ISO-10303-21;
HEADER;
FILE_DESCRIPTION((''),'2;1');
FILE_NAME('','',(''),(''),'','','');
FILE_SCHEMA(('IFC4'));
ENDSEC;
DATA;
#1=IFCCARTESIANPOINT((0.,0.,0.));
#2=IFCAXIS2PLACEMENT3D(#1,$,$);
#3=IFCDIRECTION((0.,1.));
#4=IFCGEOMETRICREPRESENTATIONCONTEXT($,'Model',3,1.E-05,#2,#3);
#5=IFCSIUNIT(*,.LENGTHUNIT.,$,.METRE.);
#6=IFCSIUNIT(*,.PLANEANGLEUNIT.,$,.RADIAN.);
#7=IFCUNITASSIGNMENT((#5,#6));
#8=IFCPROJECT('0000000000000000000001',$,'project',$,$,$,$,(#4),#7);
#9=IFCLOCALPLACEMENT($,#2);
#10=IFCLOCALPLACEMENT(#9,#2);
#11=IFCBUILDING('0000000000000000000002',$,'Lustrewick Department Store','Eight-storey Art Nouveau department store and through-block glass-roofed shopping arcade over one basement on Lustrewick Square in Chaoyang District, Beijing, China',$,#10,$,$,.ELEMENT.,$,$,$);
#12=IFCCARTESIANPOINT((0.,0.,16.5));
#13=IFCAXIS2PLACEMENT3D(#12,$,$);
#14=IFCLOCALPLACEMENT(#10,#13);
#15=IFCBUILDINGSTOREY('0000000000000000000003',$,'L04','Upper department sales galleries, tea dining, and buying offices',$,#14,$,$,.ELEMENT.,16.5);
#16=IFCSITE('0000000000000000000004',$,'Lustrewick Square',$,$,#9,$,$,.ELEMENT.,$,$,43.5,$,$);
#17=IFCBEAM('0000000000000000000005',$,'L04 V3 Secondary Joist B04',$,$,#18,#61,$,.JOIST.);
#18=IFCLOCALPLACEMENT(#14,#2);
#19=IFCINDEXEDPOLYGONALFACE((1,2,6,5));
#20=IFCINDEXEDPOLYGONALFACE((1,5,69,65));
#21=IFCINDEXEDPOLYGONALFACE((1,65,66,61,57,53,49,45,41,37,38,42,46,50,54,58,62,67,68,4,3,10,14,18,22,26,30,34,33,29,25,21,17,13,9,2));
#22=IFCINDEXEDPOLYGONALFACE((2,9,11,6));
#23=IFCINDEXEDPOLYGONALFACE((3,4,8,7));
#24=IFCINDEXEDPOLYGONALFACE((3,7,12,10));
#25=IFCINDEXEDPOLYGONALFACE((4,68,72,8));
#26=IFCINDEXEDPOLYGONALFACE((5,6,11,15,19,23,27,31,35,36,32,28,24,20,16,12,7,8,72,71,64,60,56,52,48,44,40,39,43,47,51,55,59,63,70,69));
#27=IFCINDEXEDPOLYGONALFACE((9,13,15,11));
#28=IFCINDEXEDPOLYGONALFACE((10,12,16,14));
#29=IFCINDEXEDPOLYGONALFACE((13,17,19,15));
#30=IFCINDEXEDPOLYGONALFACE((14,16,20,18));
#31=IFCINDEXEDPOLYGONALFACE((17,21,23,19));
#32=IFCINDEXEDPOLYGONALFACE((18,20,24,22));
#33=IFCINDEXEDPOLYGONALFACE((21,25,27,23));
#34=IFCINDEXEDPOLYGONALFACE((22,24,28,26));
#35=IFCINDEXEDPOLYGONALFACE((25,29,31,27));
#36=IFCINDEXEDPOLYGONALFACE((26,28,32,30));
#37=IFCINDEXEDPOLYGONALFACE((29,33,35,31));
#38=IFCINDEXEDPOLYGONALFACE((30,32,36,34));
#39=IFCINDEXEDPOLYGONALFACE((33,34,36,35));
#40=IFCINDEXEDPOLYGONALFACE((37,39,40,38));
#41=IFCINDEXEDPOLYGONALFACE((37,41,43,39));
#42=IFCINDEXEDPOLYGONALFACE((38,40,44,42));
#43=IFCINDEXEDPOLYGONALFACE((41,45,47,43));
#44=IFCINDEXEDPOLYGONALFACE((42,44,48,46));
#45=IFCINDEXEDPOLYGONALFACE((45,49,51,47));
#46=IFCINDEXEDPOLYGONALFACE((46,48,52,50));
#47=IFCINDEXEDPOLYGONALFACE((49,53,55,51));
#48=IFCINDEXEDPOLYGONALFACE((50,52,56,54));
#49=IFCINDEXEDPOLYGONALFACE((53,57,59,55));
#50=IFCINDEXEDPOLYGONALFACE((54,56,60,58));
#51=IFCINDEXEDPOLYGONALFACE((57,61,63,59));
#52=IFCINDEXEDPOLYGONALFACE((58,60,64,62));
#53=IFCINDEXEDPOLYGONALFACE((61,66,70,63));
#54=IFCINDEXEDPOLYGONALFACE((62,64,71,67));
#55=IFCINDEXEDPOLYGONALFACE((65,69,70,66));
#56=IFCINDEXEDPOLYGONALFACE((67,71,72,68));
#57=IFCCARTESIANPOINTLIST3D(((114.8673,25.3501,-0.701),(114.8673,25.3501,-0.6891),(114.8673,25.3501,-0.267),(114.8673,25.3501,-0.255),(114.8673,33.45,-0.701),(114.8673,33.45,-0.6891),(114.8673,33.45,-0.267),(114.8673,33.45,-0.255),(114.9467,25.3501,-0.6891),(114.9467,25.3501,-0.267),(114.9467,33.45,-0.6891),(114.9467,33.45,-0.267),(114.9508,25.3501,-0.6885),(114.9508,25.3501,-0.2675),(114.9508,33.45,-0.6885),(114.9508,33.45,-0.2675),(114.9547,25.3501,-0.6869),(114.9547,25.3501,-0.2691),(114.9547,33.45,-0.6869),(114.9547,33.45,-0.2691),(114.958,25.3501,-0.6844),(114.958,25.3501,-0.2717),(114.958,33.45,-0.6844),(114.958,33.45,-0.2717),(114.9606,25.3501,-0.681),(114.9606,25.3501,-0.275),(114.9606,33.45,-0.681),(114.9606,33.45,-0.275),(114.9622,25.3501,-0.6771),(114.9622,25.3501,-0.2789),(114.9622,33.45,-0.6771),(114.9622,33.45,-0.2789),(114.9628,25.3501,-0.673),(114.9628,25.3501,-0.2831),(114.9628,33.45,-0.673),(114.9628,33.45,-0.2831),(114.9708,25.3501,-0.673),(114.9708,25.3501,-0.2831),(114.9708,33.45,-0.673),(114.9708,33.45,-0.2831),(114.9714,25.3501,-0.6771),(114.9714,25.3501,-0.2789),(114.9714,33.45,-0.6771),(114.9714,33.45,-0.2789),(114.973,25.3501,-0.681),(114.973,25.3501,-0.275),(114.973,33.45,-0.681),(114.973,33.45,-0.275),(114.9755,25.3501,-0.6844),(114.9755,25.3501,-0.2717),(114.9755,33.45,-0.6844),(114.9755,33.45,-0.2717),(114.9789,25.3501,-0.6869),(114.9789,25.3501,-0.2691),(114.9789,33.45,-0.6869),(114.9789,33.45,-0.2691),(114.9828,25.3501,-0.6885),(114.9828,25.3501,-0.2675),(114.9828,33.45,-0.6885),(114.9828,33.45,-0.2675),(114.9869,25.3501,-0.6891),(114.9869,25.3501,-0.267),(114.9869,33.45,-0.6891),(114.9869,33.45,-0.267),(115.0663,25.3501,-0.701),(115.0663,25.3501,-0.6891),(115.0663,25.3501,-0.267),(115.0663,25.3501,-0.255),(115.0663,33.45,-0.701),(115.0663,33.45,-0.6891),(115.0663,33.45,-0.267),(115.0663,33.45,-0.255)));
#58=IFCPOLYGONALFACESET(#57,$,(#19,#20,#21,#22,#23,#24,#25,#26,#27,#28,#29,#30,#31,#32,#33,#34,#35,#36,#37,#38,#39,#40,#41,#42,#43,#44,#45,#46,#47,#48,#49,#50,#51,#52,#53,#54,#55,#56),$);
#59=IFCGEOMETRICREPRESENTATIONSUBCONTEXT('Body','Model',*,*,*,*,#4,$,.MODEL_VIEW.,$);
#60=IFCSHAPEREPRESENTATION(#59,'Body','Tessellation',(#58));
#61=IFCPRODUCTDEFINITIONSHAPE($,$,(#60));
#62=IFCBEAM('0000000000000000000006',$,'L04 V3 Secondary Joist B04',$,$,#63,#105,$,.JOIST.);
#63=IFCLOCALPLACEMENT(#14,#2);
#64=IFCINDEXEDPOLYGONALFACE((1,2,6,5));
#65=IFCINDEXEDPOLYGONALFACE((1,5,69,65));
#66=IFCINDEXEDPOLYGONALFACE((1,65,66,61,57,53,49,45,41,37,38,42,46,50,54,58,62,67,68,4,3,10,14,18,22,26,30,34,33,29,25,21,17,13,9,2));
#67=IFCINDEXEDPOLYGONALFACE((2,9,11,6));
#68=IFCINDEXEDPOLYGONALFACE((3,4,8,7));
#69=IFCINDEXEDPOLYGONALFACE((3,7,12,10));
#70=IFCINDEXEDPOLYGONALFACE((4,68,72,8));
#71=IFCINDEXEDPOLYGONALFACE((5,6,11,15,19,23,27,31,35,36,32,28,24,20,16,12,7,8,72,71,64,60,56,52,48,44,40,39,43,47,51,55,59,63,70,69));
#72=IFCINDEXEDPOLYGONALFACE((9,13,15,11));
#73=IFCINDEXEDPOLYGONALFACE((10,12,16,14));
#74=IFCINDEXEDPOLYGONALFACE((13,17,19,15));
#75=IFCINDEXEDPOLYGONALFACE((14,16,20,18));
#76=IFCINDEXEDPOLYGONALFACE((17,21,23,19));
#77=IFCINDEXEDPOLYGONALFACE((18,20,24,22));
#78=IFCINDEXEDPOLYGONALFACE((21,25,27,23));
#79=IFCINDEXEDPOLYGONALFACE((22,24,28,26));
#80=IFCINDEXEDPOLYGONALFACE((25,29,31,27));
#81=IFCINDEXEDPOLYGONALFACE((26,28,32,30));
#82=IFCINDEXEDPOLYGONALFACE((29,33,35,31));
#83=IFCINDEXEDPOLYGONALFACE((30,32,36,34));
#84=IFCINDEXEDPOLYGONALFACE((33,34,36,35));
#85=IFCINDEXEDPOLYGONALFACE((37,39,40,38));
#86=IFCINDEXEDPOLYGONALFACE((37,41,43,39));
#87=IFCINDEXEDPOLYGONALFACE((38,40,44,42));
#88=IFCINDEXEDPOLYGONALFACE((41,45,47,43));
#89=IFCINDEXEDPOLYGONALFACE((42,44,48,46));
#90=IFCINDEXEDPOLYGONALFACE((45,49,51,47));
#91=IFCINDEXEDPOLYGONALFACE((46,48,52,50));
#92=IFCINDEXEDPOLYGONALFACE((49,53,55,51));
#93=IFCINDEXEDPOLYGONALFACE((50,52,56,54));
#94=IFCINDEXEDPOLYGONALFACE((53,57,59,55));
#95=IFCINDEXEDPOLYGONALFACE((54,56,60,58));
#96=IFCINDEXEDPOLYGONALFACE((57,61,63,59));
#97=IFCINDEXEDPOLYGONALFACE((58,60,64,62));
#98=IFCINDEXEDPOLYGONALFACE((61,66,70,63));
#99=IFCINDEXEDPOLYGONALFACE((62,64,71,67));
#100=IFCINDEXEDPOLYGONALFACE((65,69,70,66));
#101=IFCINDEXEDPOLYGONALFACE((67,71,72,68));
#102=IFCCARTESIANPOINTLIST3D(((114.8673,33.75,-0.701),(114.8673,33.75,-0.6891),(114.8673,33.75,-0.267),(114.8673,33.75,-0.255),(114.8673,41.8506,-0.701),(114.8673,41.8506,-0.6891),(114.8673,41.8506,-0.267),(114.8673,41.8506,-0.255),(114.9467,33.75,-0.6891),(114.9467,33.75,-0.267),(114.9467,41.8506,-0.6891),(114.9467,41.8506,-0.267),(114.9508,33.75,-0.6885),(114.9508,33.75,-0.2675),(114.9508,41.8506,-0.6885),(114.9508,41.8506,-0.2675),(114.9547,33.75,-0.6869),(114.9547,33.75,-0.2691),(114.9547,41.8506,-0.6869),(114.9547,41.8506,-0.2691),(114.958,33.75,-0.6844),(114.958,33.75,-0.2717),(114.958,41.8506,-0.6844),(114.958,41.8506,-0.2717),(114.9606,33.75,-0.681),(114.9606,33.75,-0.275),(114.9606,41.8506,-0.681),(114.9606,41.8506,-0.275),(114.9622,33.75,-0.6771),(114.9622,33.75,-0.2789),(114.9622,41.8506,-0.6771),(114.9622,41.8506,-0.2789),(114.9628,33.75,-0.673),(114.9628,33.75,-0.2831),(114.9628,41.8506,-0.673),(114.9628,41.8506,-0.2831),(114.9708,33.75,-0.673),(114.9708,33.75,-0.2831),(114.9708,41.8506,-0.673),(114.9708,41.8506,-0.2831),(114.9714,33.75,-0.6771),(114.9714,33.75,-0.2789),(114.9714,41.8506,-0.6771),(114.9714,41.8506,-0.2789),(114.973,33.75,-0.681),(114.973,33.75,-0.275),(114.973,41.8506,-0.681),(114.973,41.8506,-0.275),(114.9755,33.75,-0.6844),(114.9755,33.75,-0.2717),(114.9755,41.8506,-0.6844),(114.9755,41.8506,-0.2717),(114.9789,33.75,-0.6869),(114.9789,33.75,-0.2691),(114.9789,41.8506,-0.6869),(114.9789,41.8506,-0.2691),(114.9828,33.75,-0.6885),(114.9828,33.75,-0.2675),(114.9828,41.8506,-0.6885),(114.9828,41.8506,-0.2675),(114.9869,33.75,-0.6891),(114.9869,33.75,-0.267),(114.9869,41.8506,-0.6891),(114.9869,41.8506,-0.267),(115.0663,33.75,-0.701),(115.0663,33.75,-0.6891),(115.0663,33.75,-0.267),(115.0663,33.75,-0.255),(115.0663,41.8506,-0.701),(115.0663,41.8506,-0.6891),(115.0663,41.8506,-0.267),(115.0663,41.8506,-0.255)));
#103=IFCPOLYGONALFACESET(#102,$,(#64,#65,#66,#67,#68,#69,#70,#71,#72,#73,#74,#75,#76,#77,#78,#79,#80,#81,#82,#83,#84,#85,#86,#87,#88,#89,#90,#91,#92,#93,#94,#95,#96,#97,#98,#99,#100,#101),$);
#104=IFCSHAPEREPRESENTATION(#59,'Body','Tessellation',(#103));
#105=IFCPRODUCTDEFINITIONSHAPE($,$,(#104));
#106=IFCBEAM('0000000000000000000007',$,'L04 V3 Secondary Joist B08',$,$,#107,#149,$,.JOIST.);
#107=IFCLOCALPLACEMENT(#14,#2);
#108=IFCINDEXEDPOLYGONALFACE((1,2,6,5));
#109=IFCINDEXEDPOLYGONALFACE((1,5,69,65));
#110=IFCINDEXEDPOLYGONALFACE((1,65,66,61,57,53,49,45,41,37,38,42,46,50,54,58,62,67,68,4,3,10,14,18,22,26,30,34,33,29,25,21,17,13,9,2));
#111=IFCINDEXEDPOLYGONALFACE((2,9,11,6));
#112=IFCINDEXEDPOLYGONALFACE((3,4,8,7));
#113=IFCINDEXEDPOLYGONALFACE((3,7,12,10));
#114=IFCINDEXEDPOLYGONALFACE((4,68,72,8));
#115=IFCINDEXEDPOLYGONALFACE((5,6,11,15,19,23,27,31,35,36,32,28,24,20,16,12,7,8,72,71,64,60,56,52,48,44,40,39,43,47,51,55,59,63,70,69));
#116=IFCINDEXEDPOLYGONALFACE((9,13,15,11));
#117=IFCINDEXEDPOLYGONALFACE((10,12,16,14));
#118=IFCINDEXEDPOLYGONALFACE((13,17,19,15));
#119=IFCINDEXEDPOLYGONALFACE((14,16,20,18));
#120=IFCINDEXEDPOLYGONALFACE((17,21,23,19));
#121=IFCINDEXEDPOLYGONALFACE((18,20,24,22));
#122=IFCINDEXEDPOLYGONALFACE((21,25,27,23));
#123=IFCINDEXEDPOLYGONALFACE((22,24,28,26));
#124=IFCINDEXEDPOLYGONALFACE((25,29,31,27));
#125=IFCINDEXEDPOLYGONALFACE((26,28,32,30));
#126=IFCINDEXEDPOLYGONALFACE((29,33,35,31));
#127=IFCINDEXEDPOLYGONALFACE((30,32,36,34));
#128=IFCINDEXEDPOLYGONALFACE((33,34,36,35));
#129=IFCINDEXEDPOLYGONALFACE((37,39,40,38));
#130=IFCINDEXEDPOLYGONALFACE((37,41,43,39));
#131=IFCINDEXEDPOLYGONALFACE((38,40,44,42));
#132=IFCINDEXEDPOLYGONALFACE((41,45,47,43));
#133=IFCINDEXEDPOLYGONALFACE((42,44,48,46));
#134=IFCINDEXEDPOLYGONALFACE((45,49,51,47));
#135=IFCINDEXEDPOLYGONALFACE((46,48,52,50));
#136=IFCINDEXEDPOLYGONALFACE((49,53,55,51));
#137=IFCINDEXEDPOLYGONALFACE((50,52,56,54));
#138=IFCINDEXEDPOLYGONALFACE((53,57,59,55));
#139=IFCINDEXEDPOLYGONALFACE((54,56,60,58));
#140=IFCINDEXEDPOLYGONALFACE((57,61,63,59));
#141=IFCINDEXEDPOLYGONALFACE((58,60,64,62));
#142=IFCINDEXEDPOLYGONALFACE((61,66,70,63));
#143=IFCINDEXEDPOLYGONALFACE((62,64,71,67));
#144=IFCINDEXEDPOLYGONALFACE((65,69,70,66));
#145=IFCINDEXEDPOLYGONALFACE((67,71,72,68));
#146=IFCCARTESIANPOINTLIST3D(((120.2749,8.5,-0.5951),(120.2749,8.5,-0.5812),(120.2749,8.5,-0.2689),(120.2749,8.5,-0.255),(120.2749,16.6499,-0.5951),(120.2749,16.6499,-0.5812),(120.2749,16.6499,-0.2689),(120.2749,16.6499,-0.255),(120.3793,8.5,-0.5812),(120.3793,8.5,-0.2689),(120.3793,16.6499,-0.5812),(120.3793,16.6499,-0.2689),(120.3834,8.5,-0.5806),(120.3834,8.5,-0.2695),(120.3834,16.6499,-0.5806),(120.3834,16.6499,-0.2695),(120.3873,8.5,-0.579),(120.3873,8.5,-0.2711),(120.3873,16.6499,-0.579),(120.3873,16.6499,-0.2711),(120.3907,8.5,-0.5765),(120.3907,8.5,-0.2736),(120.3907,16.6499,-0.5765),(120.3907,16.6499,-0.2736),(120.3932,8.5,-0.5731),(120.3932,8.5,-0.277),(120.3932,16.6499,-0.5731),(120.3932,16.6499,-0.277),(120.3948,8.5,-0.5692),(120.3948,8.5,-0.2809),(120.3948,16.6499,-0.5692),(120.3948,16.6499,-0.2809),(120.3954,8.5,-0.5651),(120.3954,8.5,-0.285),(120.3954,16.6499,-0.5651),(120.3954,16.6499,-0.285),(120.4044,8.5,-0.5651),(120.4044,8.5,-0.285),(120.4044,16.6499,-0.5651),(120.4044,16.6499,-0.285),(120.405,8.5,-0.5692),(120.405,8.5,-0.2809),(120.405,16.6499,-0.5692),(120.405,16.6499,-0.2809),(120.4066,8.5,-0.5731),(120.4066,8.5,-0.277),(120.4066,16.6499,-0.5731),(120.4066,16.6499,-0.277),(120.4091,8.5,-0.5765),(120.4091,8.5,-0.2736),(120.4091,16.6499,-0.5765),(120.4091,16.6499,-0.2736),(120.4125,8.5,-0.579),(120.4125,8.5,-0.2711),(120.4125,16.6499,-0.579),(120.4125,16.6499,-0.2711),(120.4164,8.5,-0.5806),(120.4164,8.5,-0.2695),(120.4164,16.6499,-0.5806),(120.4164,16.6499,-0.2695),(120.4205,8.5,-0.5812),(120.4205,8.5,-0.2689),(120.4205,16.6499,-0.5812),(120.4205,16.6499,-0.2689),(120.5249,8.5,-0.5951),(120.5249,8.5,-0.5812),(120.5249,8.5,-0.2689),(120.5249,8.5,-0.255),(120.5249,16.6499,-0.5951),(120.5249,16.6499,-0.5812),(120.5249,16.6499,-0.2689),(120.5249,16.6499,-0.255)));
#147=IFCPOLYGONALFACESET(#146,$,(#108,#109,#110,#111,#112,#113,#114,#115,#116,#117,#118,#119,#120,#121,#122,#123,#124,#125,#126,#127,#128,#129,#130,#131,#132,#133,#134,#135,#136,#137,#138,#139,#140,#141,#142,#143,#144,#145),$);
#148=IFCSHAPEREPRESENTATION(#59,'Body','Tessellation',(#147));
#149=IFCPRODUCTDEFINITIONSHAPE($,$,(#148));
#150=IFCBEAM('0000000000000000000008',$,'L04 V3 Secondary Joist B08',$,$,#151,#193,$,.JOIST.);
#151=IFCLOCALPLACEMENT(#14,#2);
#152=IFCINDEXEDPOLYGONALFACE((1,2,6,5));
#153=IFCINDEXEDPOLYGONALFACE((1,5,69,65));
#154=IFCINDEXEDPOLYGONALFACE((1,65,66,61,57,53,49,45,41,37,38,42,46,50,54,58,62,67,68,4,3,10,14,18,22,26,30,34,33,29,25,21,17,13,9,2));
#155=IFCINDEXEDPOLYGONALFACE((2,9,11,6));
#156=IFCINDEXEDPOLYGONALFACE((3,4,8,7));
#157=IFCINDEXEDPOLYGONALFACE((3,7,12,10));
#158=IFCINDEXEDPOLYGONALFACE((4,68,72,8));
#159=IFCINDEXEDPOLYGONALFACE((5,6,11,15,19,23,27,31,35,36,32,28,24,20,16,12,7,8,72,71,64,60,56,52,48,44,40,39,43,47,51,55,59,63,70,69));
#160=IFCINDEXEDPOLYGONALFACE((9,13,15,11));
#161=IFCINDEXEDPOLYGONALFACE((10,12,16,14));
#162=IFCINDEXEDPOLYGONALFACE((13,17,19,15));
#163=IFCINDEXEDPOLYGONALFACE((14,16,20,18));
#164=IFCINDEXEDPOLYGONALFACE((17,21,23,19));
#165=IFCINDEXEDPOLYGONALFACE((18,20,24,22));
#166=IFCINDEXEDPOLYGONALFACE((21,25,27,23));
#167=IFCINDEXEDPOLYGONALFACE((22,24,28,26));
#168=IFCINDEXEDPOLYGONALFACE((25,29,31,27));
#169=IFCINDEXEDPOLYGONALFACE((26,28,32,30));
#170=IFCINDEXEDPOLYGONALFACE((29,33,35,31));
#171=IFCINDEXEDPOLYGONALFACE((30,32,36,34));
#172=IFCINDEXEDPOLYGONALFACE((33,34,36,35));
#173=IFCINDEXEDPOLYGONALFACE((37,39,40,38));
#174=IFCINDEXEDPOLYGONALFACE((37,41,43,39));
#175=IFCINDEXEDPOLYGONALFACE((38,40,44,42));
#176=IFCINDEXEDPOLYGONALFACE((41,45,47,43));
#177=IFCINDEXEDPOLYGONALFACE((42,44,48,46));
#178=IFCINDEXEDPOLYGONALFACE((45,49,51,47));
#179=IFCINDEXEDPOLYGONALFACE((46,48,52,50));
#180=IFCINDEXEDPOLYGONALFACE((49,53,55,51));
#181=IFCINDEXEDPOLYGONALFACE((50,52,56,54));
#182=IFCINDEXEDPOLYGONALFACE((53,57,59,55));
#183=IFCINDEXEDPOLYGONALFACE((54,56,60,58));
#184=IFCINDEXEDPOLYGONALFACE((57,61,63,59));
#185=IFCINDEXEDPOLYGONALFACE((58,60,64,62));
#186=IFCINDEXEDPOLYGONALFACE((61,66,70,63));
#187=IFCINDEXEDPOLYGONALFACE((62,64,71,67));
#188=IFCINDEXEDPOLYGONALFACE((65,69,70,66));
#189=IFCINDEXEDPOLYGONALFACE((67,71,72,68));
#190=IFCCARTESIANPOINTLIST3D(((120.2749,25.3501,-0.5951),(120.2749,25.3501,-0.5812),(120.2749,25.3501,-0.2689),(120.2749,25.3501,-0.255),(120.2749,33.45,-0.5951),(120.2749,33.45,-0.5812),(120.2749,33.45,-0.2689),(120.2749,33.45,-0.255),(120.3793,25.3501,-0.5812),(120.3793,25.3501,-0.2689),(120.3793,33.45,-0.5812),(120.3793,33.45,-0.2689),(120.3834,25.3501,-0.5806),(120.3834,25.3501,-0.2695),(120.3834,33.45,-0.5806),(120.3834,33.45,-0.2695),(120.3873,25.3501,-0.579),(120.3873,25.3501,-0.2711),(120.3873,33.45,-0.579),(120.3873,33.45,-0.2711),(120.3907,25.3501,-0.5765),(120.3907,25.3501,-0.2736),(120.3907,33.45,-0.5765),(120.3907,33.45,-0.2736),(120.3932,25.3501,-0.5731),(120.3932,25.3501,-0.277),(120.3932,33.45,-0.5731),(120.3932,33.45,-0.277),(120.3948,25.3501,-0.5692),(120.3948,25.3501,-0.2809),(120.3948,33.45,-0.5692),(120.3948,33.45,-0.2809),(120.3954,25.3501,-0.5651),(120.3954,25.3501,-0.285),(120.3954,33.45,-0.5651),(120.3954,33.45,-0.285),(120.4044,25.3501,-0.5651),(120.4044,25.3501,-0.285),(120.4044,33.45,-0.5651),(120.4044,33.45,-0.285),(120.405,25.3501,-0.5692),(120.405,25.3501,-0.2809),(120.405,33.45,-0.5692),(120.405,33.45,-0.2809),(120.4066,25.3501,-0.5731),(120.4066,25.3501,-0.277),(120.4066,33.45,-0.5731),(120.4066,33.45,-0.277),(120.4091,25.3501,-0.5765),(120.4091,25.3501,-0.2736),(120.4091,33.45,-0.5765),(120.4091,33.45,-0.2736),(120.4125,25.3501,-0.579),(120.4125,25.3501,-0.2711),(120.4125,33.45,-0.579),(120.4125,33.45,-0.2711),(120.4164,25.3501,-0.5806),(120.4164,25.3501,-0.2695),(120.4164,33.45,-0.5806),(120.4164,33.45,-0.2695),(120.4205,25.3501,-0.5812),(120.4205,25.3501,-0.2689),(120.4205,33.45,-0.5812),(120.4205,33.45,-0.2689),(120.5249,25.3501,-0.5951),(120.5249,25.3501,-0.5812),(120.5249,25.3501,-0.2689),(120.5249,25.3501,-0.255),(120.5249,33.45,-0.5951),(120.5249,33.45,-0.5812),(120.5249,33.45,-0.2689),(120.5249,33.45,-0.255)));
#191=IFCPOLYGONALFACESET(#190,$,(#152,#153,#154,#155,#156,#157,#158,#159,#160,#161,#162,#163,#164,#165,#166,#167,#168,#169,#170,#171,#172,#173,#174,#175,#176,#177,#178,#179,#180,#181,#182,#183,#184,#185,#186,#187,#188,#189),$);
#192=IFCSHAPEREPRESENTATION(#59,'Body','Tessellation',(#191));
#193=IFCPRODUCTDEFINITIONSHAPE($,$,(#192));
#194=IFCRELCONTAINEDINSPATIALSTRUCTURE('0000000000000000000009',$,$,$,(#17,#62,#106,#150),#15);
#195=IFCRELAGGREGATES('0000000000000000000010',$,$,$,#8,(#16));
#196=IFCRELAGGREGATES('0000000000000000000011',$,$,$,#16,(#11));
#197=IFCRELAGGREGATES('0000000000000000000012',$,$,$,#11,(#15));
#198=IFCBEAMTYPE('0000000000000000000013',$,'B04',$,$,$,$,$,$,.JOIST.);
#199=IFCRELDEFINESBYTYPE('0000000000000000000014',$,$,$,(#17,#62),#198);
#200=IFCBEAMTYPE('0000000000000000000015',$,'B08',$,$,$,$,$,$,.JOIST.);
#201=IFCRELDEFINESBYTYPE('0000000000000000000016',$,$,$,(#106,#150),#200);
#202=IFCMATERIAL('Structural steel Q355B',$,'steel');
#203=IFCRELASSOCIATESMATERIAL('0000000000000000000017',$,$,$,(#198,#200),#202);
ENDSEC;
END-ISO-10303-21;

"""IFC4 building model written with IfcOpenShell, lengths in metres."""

from ifc_helpers import new_model, si_unit, direction, frame, origin, origin_2d, place, context, subcontext, project, spatial, i_section, extrude, material, material_profile, profile_set, type_object, element, save


model = new_model("IFC4")

# Units and contexts
model_context = context("Model", 3, precision=1e-05, world=origin(), true_north=direction((0.0, 1.0)))
body_context = subcontext(model_context, "Body", "Model", "MODEL_VIEW")
ifc_project = project(units=[si_unit("LENGTHUNIT", "METRE"), si_unit("PLANEANGLEUNIT", "RADIAN")], contexts=[model_context])

# Site, building, storey
site_placement = place(None, origin())
site = spatial("IfcSite", under=ifc_project, at=site_placement, Name="Lustrewick Square", CompositionType="ELEMENT", RefElevation=43.5)
building_placement = place(site_placement, origin())
building = spatial("IfcBuilding", under=site, at=building_placement, Name="Lustrewick Department Store", Description="Eight-storey Art Nouveau department store and through-block glass-roofed shopping arcade over one basement on Lustrewick Square in Chaoyang District, Beijing, China", CompositionType="ELEMENT")
storey_placement = place(building_placement, frame((0.0, 0.0, 16.5)))
storey = spatial("IfcBuildingStorey", under=building, at=storey_placement, Name="L04", Description="Upper department sales galleries, tea dining, and buying offices", CompositionType="ELEMENT", Elevation=16.5)

# Shared definitions
ifc_material_1 = material(Name="Structural steel Q355B", Category="steel")

# Beams
ifc_material_profile_1 = material_profile(ifc_material_1, i_section(OverallWidth=0.199, OverallDepth=0.446, WebThickness=0.0081, FlangeThickness=0.012, FilletRadius=0.0161, at=origin_2d()), Name="HN 446x199x8x12")
ifc_profile_set_1 = profile_set([ifc_material_profile_1], Name="Structural steel Q355B")
beam_type_1 = type_object("IfcBeamType", Name="B04", PredefinedType="JOIST", material=ifc_profile_set_1)
beam_1_placement = place(storey_placement, frame((114.9668, 25.3501, -0.478), z_axis=(0.0, 1.0, 0.0), x_axis=(-1.0, 0.0, 0.0)))
element("IfcBeam", 1, at=beam_1_placement, inside=storey, type_object=beam_type_1, Name="L04 V3 Secondary Joist B04", PredefinedType="JOIST", context=body_context, shape_type="SweptSolid", body=[
    extrude(i_section(OverallWidth=0.199, OverallDepth=0.446, WebThickness=0.0081, FlangeThickness=0.012, FilletRadius=0.0161, at=origin_2d()), origin(), (0.0, 0.0, 1.0), 8.0999),
])
beam_2_placement = place(storey_placement, frame((114.9668, 33.75, -0.478), z_axis=(0.0, 1.0, 0.0), x_axis=(-1.0, 0.0, 0.0)))
element("IfcBeam", 2, at=beam_2_placement, inside=storey, type_object=beam_type_1, Name="L04 V3 Secondary Joist B04", PredefinedType="JOIST", context=body_context, shape_type="SweptSolid", body=[
    extrude(i_section(OverallWidth=0.199, OverallDepth=0.446, WebThickness=0.0081, FlangeThickness=0.012, FilletRadius=0.0161, at=origin_2d()), origin(), (0.0, 0.0, 1.0), 8.1006),
])
ifc_material_profile_2 = material_profile(ifc_material_1, i_section(OverallWidth=0.25, OverallDepth=0.3401, WebThickness=0.009, FlangeThickness=0.0139, FilletRadius=0.0161, at=origin_2d()), Name="HM 340x250x9x14")
ifc_profile_set_2 = profile_set([ifc_material_profile_2], Name="Structural steel Q355B")
beam_type_2 = type_object("IfcBeamType", Name="B08", PredefinedType="JOIST", material=ifc_profile_set_2)
beam_3_placement = place(storey_placement, frame((120.3999, 8.5, -0.425), z_axis=(0.0, 1.0, 0.0), x_axis=(-1.0, 0.0, 0.0)))
element("IfcBeam", 3, at=beam_3_placement, inside=storey, type_object=beam_type_2, Name="L04 V3 Secondary Joist B08", PredefinedType="JOIST", context=body_context, shape_type="SweptSolid", body=[
    extrude(i_section(OverallWidth=0.25, OverallDepth=0.3401, WebThickness=0.009, FlangeThickness=0.0139, FilletRadius=0.0161, at=origin_2d()), origin(), (0.0, 0.0, 1.0), 8.1499),
])
beam_4_placement = place(storey_placement, frame((120.3999, 25.3501, -0.425), z_axis=(0.0, 1.0, 0.0), x_axis=(-1.0, 0.0, 0.0)))
element("IfcBeam", 4, at=beam_4_placement, inside=storey, type_object=beam_type_2, Name="L04 V3 Secondary Joist B08", PredefinedType="JOIST", context=body_context, shape_type="SweptSolid", body=[
    extrude(i_section(OverallWidth=0.25, OverallDepth=0.3401, WebThickness=0.009, FlangeThickness=0.0139, FilletRadius=0.0161, at=origin_2d()), origin(), (0.0, 0.0, 1.0), 8.0999),
])

save(model, "model.ifc")
